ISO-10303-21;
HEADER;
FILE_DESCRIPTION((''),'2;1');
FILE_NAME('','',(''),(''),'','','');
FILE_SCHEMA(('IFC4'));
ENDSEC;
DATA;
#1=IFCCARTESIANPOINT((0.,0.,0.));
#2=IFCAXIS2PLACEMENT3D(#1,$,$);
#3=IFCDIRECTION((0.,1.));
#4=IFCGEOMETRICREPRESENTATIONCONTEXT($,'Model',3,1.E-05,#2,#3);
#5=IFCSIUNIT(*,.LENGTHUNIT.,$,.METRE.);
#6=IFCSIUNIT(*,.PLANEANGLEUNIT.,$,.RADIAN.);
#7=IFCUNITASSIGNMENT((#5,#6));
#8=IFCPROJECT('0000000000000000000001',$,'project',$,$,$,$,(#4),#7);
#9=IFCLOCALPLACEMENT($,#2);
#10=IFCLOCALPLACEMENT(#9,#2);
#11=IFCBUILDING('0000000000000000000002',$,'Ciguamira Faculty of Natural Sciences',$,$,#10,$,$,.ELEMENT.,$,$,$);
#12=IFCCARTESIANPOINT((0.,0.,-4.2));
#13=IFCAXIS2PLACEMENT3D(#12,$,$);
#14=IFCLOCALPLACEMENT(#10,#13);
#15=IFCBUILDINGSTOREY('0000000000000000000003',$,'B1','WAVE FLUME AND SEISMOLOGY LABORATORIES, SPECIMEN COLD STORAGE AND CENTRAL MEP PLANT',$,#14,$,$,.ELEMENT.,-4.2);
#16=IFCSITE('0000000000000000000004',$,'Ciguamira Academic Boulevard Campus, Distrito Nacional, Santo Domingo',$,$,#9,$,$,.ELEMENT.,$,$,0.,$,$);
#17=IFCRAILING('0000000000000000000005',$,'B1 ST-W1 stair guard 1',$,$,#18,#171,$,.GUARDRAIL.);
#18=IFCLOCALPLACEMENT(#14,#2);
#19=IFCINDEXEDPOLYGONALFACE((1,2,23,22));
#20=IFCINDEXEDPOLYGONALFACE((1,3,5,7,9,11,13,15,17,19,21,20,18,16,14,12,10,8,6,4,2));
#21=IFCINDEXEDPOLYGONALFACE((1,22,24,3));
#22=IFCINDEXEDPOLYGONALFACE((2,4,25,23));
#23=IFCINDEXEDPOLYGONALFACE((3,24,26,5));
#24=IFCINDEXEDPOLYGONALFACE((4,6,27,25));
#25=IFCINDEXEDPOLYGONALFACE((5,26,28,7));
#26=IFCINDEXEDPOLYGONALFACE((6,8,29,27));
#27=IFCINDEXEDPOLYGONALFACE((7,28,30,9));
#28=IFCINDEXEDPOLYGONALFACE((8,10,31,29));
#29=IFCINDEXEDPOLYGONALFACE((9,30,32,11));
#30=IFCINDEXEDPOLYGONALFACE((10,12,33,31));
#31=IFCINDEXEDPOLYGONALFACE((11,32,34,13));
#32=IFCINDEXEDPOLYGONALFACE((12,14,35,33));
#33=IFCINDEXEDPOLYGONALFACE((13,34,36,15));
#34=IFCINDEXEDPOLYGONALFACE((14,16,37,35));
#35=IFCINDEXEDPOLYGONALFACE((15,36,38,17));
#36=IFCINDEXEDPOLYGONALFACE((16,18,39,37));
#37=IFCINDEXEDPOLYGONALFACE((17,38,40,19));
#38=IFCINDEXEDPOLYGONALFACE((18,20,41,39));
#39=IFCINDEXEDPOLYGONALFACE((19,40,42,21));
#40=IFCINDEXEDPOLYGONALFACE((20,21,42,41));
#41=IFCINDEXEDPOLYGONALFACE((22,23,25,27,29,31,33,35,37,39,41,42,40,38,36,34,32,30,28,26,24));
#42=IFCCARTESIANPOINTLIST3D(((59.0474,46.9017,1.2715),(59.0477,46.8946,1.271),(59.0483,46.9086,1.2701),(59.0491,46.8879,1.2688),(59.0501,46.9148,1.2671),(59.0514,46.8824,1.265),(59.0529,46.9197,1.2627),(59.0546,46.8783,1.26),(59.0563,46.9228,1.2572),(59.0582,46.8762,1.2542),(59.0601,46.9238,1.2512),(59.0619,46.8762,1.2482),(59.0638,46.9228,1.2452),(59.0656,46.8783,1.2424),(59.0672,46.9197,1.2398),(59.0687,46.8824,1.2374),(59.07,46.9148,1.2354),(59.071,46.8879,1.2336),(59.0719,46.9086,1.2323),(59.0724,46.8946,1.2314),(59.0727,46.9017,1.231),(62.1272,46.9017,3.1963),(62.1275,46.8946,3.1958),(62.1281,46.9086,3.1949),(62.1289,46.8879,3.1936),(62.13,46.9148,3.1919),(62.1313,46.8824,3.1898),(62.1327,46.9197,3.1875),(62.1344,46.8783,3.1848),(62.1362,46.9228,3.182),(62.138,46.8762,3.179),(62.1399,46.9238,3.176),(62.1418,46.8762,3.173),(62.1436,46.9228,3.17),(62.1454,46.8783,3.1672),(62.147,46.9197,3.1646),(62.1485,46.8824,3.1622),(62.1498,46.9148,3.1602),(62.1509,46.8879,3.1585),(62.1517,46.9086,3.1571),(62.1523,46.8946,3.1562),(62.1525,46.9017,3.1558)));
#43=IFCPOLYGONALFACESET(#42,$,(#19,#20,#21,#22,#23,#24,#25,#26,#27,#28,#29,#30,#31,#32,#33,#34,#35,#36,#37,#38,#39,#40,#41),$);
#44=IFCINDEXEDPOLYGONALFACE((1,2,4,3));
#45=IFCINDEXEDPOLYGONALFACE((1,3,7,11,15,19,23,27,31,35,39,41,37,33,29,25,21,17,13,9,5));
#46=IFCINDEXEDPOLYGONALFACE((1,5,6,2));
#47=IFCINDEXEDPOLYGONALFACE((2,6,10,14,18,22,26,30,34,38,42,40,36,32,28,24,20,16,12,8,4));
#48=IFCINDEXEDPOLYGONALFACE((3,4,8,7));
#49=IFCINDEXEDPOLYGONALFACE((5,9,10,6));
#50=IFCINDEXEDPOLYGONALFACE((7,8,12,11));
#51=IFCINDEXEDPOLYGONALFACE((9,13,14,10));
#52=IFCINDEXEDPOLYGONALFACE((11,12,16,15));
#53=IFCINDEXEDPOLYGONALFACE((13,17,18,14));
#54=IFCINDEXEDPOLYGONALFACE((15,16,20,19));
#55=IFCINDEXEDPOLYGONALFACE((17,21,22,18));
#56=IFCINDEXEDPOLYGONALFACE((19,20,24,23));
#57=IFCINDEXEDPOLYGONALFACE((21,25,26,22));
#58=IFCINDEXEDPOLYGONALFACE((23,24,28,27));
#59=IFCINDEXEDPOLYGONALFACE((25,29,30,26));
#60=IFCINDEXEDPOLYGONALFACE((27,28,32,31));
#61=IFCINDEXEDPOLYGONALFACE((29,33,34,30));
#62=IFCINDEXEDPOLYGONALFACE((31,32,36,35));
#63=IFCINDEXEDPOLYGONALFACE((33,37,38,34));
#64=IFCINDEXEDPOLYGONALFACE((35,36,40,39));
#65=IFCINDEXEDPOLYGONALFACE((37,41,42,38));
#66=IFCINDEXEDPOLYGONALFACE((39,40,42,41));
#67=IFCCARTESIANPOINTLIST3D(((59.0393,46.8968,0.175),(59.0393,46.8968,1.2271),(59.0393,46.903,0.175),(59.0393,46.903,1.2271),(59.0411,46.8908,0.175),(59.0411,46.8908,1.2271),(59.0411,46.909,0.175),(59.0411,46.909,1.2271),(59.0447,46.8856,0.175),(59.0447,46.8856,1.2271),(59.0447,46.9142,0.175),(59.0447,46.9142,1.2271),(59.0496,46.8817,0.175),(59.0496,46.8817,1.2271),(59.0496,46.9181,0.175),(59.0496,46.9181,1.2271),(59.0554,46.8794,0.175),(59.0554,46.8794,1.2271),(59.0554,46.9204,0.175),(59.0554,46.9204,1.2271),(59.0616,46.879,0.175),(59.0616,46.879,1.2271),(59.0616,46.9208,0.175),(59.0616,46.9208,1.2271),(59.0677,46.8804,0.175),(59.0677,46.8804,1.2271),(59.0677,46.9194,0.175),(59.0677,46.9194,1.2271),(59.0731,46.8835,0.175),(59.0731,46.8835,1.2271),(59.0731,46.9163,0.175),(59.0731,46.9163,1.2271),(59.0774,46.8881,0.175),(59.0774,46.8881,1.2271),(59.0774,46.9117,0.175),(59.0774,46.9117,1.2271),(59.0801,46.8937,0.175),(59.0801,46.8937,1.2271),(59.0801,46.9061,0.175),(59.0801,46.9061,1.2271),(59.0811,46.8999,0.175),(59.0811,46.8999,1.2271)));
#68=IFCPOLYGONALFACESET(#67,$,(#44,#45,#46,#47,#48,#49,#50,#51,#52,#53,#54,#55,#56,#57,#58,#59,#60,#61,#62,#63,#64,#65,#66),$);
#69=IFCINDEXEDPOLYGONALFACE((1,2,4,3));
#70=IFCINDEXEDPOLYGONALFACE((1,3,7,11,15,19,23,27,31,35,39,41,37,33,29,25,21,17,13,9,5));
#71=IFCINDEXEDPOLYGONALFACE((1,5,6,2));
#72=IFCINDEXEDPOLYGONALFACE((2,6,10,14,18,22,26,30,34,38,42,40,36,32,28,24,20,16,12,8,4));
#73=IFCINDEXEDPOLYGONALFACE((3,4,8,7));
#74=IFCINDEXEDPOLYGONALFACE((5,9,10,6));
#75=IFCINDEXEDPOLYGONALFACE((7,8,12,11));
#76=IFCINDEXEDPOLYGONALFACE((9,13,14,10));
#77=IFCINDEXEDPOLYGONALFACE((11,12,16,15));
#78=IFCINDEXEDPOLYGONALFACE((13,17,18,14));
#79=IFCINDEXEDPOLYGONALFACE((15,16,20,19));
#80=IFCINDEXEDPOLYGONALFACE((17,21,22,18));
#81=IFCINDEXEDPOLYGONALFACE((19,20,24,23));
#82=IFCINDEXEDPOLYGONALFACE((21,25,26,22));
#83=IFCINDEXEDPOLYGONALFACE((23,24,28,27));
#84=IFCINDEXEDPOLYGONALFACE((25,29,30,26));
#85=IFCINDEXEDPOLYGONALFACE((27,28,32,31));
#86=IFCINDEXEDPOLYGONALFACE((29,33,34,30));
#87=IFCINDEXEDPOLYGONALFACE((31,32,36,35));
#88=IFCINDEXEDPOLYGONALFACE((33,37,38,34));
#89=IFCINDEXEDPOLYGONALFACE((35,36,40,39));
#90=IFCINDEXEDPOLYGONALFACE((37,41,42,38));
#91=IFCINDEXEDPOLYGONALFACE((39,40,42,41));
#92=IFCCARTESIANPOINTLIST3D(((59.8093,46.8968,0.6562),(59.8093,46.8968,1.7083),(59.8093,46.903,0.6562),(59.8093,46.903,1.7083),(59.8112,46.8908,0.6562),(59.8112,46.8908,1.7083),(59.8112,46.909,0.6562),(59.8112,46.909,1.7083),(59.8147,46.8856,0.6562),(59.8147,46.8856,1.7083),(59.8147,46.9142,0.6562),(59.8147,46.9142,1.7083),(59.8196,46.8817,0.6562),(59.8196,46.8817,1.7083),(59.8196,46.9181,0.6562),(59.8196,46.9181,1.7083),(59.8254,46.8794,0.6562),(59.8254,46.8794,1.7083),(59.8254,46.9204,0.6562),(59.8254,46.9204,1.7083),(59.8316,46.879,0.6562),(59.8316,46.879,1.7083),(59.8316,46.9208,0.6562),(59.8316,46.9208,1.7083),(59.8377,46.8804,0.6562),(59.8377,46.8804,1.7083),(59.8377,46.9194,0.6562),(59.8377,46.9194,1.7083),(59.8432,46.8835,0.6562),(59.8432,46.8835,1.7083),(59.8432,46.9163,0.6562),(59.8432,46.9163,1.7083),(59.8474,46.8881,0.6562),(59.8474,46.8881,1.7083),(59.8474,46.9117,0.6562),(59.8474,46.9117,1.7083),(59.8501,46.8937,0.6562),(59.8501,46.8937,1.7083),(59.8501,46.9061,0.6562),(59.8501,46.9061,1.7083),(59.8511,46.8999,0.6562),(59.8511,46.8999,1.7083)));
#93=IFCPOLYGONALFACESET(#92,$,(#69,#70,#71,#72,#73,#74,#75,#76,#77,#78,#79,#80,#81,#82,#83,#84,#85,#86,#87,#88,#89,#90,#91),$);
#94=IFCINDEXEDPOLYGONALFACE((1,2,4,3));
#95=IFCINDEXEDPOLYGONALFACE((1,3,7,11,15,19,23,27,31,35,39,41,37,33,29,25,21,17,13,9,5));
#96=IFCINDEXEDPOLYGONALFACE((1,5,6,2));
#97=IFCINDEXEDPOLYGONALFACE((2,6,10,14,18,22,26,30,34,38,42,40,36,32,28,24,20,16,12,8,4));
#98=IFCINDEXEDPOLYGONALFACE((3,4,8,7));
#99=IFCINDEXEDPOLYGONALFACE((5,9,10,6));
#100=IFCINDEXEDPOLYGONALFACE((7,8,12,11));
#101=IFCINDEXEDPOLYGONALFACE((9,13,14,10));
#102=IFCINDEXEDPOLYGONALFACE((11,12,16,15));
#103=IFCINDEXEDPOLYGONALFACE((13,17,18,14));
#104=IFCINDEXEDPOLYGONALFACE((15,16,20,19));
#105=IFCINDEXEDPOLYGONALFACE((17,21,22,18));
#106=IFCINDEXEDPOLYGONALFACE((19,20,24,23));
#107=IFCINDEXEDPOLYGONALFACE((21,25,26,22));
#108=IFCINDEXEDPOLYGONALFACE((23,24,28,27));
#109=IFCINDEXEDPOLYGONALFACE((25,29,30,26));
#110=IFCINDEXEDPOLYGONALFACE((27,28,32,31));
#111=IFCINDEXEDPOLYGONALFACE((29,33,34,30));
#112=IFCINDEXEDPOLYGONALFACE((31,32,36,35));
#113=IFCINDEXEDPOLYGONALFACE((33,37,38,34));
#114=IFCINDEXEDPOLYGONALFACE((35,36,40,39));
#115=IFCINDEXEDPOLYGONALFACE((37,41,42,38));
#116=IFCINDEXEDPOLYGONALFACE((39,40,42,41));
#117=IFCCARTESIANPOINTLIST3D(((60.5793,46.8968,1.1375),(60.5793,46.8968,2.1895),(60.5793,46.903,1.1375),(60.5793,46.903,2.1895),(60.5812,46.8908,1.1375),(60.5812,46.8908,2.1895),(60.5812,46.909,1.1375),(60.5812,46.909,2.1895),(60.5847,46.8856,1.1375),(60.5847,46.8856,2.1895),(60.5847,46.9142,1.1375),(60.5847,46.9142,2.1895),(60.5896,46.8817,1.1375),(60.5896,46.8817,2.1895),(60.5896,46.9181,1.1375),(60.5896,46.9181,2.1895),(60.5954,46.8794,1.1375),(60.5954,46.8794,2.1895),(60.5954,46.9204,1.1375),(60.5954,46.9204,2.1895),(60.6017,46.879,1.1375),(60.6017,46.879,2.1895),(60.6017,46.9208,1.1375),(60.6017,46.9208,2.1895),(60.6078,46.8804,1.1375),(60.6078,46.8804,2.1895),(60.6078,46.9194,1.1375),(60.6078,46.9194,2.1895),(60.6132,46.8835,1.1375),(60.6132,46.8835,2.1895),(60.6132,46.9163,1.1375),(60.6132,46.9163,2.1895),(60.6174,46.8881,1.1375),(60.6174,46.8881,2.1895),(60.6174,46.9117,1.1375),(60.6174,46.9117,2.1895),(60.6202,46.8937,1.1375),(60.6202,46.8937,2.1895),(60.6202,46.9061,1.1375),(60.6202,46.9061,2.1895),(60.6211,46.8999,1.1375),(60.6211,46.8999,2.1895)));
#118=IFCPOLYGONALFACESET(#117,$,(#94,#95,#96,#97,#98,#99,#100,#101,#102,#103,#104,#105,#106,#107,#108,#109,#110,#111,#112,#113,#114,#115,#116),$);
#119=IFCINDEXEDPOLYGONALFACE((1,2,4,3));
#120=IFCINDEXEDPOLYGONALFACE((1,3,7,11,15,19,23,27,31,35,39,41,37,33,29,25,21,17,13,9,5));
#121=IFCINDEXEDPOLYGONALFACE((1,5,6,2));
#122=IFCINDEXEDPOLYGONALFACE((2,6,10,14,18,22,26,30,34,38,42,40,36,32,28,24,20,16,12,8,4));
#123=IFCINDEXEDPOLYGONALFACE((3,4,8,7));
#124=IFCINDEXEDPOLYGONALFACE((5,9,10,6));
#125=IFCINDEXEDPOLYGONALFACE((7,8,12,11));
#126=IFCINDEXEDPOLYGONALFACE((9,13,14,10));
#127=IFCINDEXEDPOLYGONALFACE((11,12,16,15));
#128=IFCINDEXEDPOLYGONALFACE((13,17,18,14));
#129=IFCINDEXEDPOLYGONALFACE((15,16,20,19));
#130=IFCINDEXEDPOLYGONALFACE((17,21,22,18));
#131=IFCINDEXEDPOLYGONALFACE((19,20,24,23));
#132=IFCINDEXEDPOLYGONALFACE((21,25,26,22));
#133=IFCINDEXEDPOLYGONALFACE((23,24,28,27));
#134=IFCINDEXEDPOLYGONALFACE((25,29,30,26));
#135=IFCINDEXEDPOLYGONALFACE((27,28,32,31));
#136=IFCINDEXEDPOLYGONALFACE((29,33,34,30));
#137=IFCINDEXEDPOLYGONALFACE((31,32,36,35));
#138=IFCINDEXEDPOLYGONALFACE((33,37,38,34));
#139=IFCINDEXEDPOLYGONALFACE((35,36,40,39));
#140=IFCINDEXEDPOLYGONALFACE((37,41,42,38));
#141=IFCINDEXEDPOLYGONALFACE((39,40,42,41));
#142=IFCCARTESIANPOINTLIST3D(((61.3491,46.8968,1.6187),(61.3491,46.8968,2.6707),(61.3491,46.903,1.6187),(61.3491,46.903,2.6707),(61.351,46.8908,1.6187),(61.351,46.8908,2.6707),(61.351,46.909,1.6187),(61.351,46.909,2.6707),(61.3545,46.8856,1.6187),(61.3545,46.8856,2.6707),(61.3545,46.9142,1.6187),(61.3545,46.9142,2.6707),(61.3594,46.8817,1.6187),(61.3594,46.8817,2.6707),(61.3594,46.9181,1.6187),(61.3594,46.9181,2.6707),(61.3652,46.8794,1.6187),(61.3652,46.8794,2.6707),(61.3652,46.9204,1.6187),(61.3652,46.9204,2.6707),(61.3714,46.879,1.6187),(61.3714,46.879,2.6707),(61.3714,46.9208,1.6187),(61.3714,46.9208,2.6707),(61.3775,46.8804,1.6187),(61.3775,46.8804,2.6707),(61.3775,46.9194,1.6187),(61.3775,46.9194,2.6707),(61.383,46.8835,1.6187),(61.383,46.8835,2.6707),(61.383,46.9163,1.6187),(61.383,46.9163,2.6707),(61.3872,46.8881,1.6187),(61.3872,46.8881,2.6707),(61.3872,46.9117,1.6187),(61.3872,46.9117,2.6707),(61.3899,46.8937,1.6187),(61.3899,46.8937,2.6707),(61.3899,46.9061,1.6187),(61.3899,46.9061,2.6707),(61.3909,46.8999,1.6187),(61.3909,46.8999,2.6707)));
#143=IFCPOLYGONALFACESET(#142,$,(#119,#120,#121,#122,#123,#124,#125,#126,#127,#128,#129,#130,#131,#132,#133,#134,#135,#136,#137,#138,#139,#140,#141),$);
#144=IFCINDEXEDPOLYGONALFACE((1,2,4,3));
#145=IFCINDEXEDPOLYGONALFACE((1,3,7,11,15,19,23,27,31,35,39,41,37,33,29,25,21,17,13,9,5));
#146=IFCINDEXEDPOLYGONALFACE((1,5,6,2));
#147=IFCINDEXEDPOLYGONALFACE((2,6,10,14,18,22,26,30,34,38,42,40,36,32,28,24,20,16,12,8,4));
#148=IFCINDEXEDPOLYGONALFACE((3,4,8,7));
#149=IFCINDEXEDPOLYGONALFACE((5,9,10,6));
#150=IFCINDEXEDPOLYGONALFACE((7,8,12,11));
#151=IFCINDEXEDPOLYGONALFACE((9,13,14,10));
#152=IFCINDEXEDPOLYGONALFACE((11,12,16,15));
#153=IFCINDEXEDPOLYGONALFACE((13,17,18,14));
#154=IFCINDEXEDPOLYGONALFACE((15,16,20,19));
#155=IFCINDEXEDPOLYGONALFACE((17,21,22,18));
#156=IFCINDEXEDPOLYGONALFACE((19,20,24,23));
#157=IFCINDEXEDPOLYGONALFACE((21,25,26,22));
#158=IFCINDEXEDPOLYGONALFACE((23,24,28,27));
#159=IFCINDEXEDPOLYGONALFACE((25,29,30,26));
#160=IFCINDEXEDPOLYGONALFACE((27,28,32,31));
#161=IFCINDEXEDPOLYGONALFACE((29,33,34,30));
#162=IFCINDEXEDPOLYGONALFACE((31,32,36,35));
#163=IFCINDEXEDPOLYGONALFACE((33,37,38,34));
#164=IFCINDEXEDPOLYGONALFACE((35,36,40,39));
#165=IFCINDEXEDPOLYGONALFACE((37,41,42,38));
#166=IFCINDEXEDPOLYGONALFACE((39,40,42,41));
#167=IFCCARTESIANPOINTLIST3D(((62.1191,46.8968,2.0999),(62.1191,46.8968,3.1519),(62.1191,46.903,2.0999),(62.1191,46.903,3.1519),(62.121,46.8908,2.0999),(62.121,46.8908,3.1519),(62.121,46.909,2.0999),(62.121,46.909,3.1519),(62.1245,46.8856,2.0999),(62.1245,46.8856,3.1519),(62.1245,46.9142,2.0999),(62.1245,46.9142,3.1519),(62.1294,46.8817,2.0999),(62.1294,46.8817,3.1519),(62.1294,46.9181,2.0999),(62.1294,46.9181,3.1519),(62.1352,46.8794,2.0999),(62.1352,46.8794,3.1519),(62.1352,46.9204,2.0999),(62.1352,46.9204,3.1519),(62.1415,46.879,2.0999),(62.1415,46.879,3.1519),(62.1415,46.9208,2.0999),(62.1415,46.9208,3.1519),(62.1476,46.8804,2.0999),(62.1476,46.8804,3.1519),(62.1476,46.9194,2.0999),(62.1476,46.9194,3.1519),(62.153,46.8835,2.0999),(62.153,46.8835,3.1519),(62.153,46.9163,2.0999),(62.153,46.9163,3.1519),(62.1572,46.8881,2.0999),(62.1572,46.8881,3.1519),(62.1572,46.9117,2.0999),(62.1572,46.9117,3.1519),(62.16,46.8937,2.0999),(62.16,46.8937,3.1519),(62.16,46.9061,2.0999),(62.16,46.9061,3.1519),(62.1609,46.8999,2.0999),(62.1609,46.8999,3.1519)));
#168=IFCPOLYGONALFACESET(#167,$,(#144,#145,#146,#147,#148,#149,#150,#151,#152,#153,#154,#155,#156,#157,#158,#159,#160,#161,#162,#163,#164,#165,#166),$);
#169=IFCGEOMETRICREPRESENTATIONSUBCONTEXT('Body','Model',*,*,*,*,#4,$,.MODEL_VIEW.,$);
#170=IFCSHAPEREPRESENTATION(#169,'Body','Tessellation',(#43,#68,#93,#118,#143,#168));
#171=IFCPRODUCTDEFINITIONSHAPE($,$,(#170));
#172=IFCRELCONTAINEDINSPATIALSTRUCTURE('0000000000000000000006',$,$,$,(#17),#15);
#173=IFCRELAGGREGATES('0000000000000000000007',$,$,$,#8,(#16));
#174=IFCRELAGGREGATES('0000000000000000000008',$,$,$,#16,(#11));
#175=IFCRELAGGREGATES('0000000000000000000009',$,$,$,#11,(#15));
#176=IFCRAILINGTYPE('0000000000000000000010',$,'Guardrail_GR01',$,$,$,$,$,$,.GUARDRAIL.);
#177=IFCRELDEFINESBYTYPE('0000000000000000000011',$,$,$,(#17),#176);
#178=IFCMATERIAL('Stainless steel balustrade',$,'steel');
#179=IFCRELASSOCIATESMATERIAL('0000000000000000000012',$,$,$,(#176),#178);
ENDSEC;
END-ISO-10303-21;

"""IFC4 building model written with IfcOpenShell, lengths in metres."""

from ifc_helpers import new_model, si_unit, direction, frame, origin, origin_2d, place, context, subcontext, project, spatial, circle, extrude, material, type_object, element, save


model = new_model("IFC4")

# Units and contexts
model_context = context("Model", 3, precision=1e-05, world=origin(), true_north=direction((0.0, 1.0)))
body_context = subcontext(model_context, "Body", "Model", "MODEL_VIEW")
ifc_project = project(units=[si_unit("LENGTHUNIT", "METRE"), si_unit("PLANEANGLEUNIT", "RADIAN")], contexts=[model_context])

# Site, building, storey
site_placement = place(None, origin())
site = spatial("IfcSite", under=ifc_project, at=site_placement, Name="Ciguamira Academic Boulevard Campus, Distrito Nacional, Santo Domingo", CompositionType="ELEMENT", RefElevation=0.0)
building_placement = place(site_placement, origin())
building = spatial("IfcBuilding", under=site, at=building_placement, Name="Ciguamira Faculty of Natural Sciences", CompositionType="ELEMENT")
storey_placement = place(building_placement, frame((0.0, 0.0, -4.2)))
storey = spatial("IfcBuildingStorey", under=building, at=storey_placement, Name="B1", Description="WAVE FLUME AND SEISMOLOGY LABORATORIES, SPECIMEN COLD STORAGE AND CENTRAL MEP PLANT", CompositionType="ELEMENT", Elevation=-4.2)

# Railing
ifc_material_1 = material(Name="Stainless steel balustrade", Category="steel")
railing_type_1 = type_object("IfcRailingType", Name="Guardrail_GR01", PredefinedType="GUARDRAIL", material=ifc_material_1)
railing_1_placement = place(storey_placement, frame((59.0601, 46.8999, 0.175)))
element("IfcRailing", 1, at=railing_1_placement, inside=storey, type_object=railing_type_1, Name="B1 ST-W1 stair guard 1", PredefinedType="GUARDRAIL", context=body_context, shape_type="SweptSolid", body=[
    extrude(circle(Radius=0.0239, at=origin_2d()), frame((0.0, 0.0, 1.0762), z_axis=(0.84801, 0.0, 0.529981), x_axis=(0.0, 1.0, 0.0)), (0.0, 0.0, 1.0), 3.6318),
    extrude(circle(Radius=0.021, at=origin_2d()), origin(), (0.0, 0.0, 1.0), 1.052),
    extrude(circle(Radius=0.021, at=origin_2d()), frame((0.77, 0.0, 0.4812)), (0.0, 0.0, 1.0), 1.052),
    extrude(circle(Radius=0.021, at=origin_2d()), frame((1.54, 0.0, 0.9624)), (0.0, 0.0, 1.0), 1.052),
    extrude(circle(Radius=0.021, at=origin_2d()), frame((2.3098, 0.0, 1.4436)), (0.0, 0.0, 1.0), 1.052),
    extrude(circle(Radius=0.021, at=origin_2d()), frame((3.0798, 0.0, 1.9248)), (0.0, 0.0, 1.0), 1.052),
])

save(model, "model.ifc")
